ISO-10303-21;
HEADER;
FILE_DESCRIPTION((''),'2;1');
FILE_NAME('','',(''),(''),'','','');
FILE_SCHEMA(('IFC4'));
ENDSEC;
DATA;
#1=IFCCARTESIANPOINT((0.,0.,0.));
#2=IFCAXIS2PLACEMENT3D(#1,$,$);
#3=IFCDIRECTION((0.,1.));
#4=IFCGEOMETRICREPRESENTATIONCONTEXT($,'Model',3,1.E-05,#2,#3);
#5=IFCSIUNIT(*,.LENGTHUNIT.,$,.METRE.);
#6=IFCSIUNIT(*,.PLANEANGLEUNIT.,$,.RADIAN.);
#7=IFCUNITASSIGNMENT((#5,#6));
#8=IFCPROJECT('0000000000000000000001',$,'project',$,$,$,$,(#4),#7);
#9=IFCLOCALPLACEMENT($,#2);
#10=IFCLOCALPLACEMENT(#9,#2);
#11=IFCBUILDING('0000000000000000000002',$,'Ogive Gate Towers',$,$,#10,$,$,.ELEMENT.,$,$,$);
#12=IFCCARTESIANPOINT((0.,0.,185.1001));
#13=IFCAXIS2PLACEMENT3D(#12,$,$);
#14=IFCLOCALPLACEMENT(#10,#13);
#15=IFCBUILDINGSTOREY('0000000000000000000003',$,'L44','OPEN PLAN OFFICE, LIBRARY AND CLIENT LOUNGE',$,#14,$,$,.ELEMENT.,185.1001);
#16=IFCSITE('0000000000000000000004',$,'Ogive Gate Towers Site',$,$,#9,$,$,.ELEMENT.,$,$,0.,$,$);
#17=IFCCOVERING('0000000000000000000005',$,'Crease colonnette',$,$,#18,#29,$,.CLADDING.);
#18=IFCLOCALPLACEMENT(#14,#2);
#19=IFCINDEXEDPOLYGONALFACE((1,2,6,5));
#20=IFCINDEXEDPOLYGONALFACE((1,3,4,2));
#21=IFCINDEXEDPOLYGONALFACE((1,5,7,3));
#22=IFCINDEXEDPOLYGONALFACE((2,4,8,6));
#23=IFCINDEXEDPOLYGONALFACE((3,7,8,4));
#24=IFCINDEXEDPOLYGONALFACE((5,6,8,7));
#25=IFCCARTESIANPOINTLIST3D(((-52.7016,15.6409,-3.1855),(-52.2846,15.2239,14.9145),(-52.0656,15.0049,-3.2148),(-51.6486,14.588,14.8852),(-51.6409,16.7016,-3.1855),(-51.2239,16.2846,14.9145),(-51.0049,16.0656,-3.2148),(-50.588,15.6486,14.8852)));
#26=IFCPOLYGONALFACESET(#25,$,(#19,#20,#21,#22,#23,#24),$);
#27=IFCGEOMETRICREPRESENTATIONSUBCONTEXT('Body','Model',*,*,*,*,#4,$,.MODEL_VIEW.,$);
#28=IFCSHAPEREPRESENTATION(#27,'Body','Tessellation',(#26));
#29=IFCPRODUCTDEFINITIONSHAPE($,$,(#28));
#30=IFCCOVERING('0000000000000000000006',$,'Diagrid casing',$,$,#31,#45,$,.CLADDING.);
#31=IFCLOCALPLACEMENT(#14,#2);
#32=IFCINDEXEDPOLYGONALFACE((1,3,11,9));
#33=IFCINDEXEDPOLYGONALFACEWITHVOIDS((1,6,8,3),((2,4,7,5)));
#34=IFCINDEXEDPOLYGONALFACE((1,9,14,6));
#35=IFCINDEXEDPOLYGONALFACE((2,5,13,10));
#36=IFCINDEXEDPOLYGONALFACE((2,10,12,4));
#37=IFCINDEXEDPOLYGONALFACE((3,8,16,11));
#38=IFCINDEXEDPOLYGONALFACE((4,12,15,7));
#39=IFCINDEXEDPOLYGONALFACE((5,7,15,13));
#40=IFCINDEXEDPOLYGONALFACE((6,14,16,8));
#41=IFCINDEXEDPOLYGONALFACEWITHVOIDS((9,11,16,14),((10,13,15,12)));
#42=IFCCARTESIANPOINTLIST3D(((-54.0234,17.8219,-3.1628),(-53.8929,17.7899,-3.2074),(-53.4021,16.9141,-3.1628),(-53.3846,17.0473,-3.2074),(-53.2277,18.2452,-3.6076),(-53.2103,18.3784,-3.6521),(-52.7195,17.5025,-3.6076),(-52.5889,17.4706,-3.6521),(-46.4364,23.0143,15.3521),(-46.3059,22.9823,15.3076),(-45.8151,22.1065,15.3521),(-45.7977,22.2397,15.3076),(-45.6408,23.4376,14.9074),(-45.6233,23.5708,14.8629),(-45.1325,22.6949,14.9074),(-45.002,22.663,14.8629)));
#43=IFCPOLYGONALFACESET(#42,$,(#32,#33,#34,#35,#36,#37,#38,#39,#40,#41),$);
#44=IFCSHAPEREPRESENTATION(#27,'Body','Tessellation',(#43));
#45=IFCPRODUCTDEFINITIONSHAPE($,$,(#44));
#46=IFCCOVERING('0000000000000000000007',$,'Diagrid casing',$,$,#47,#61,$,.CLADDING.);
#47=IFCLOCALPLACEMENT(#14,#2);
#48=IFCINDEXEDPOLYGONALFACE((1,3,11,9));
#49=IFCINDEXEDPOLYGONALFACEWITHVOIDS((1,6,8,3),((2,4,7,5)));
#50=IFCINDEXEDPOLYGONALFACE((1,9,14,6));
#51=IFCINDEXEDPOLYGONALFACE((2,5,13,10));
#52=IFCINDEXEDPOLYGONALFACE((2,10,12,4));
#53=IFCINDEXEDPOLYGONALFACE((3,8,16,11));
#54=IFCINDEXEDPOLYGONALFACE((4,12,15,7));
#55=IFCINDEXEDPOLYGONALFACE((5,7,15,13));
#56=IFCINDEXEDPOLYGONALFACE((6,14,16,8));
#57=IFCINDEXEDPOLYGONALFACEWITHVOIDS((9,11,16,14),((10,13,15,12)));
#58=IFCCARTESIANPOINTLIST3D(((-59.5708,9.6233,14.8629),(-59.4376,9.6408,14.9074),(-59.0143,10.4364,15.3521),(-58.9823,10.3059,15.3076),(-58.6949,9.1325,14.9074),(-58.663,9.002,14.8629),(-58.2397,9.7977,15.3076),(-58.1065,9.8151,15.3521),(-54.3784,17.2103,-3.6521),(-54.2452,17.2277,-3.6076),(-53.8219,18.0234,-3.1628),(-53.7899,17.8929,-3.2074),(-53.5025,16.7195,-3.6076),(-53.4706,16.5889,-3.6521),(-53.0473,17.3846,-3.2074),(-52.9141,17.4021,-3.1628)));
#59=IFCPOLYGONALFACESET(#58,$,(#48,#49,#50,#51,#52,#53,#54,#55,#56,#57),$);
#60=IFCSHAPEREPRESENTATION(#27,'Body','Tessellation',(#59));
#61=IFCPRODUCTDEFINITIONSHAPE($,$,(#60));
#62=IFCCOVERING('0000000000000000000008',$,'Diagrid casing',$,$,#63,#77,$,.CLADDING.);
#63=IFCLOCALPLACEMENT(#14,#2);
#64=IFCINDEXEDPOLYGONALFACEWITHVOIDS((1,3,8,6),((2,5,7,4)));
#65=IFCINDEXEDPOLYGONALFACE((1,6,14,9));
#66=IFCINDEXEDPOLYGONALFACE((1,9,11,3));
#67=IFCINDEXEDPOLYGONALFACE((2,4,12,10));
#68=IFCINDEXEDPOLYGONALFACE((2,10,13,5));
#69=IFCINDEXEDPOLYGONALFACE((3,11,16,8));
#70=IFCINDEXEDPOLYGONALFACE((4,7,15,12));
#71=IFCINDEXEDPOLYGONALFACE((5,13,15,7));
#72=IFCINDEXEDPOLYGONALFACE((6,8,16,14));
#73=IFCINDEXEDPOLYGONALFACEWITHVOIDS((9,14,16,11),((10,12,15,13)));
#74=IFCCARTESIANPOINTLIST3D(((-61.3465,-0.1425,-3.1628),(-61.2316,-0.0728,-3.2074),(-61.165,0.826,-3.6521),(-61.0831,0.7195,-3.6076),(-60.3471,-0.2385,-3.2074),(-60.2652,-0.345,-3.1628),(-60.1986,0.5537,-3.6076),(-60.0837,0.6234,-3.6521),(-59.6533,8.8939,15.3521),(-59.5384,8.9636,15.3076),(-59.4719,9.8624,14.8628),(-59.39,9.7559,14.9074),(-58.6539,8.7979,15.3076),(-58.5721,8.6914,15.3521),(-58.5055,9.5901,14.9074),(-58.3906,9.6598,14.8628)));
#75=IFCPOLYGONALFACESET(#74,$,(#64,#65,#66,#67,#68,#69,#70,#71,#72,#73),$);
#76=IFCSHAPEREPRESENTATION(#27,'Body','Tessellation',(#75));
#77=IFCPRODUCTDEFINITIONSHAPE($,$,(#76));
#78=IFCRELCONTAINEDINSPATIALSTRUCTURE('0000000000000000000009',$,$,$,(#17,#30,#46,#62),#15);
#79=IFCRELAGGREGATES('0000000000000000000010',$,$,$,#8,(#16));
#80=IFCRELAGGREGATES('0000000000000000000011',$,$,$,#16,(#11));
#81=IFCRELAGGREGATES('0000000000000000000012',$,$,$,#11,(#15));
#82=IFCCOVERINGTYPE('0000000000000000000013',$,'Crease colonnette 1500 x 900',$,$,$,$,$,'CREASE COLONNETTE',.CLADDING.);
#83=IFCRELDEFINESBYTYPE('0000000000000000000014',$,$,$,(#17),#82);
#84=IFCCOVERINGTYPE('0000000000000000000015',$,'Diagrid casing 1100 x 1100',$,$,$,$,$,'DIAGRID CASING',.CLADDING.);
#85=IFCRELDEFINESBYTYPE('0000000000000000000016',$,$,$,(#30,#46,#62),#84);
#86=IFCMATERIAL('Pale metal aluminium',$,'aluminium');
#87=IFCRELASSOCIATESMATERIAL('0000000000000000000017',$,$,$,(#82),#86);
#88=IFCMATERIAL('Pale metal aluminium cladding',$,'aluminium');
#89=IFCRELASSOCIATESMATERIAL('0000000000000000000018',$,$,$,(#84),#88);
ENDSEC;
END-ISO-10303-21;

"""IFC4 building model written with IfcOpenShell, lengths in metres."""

from ifc_helpers import new_model, si_unit, direction, frame, origin, origin_2d, place, context, subcontext, project, spatial, rectangle, hollow_rectangle, extrude, material, material_profile, profile_set, type_object, element, save


model = new_model("IFC4")

# Units and contexts
model_context = context("Model", 3, precision=1e-05, world=origin(), true_north=direction((0.0, 1.0)))
body_context = subcontext(model_context, "Body", "Model", "MODEL_VIEW")
ifc_project = project(units=[si_unit("LENGTHUNIT", "METRE"), si_unit("PLANEANGLEUNIT", "RADIAN")], contexts=[model_context])

# Site, building, storey
site_placement = place(None, origin())
site = spatial("IfcSite", under=ifc_project, at=site_placement, Name="Ogive Gate Towers Site", CompositionType="ELEMENT", RefElevation=0.0)
building_placement = place(site_placement, origin())
building = spatial("IfcBuilding", under=site, at=building_placement, Name="Ogive Gate Towers", CompositionType="ELEMENT")
storey_placement = place(building_placement, frame((0.0, 0.0, 185.1001)))
storey = spatial("IfcBuildingStorey", under=building, at=storey_placement, Name="L44", Description="OPEN PLAN OFFICE, LIBRARY AND CLIENT LOUNGE", CompositionType="ELEMENT", Elevation=185.1001)

# Coverings
ifc_material_1 = material(Name="Pale metal aluminium", Category="aluminium")
ifc_material_profile_1 = material_profile(ifc_material_1, rectangle(XDim=1.5, YDim=0.8999, at=origin_2d()), Name="1500 x 900 pale metal aluminium")
ifc_profile_set_1 = profile_set([ifc_material_profile_1], Name="Pale metal aluminium")
covering_type_1 = type_object("IfcCoveringType", Name="Crease colonnette 1500 x 900", ElementType="CREASE COLONNETTE", PredefinedType="CLADDING", material=ifc_profile_set_1)
covering_placement = place(storey_placement, frame((-51.8533, 15.8533, -3.2002), z_axis=(0.023026, -0.023026, 0.99947), x_axis=(0.707107, 0.707107, 0.0)))
element("IfcCovering", 1, at=covering_placement, inside=storey, type_object=covering_type_1, Name="Crease colonnette", PredefinedType="CLADDING", context=body_context, shape_type="SweptSolid", body=[
    extrude(rectangle(XDim=1.5, YDim=0.8999, at=origin_2d()), origin(), (0.0, 0.0, 1.0), 18.1096),
])
ifc_material_2 = material(Name="Pale metal aluminium cladding", Category="aluminium")
ifc_material_profile_2 = material_profile(ifc_material_2, hollow_rectangle(XDim=1.1001, YDim=1.1001, WallThickness=0.1001, at=origin_2d()), Name="1100 x 1100 pale metal casing")
ifc_profile_set_2 = profile_set([ifc_material_profile_2], Name="Pale metal aluminium cladding")
covering_type_2 = type_object("IfcCoveringType", Name="Diagrid casing 1100 x 1100", ElementType="DIAGRID CASING", PredefinedType="CLADDING", material=ifc_profile_set_2)
for number, where, z_axis, x_axis, name in (
    (2, (-53.3062, 17.6462, -3.4075), (0.367018, 0.251182, 0.895659), (-0.564783, 0.82524, 0.0), "Diagrid casing"),
    (3, (-53.6462, 17.3062, -3.4075), (-0.251182, -0.367018, 0.895659), (0.82524, -0.564783, 0.0), "Diagrid casing"),
    (4, (-60.7151, 0.2405, -3.4075), (0.081905, 0.437135, 0.895659), (-0.982896, 0.184162, 0.0), "Diagrid casing"),
):
    element("IfcCovering", number, at=place(storey_placement, frame(where, z_axis=z_axis, x_axis=x_axis)), inside=storey, type_object=covering_type_2, Name=name, PredefinedType="CLADDING", context=body_context, shape_type="SweptSolid", body=[
        extrude(hollow_rectangle(XDim=1.1001, YDim=1.1001, WallThickness=0.1001, at=origin_2d()), origin(), (0.0, 0.0, 1.0), 20.6719),
    ])

save(model, "model.ifc")
